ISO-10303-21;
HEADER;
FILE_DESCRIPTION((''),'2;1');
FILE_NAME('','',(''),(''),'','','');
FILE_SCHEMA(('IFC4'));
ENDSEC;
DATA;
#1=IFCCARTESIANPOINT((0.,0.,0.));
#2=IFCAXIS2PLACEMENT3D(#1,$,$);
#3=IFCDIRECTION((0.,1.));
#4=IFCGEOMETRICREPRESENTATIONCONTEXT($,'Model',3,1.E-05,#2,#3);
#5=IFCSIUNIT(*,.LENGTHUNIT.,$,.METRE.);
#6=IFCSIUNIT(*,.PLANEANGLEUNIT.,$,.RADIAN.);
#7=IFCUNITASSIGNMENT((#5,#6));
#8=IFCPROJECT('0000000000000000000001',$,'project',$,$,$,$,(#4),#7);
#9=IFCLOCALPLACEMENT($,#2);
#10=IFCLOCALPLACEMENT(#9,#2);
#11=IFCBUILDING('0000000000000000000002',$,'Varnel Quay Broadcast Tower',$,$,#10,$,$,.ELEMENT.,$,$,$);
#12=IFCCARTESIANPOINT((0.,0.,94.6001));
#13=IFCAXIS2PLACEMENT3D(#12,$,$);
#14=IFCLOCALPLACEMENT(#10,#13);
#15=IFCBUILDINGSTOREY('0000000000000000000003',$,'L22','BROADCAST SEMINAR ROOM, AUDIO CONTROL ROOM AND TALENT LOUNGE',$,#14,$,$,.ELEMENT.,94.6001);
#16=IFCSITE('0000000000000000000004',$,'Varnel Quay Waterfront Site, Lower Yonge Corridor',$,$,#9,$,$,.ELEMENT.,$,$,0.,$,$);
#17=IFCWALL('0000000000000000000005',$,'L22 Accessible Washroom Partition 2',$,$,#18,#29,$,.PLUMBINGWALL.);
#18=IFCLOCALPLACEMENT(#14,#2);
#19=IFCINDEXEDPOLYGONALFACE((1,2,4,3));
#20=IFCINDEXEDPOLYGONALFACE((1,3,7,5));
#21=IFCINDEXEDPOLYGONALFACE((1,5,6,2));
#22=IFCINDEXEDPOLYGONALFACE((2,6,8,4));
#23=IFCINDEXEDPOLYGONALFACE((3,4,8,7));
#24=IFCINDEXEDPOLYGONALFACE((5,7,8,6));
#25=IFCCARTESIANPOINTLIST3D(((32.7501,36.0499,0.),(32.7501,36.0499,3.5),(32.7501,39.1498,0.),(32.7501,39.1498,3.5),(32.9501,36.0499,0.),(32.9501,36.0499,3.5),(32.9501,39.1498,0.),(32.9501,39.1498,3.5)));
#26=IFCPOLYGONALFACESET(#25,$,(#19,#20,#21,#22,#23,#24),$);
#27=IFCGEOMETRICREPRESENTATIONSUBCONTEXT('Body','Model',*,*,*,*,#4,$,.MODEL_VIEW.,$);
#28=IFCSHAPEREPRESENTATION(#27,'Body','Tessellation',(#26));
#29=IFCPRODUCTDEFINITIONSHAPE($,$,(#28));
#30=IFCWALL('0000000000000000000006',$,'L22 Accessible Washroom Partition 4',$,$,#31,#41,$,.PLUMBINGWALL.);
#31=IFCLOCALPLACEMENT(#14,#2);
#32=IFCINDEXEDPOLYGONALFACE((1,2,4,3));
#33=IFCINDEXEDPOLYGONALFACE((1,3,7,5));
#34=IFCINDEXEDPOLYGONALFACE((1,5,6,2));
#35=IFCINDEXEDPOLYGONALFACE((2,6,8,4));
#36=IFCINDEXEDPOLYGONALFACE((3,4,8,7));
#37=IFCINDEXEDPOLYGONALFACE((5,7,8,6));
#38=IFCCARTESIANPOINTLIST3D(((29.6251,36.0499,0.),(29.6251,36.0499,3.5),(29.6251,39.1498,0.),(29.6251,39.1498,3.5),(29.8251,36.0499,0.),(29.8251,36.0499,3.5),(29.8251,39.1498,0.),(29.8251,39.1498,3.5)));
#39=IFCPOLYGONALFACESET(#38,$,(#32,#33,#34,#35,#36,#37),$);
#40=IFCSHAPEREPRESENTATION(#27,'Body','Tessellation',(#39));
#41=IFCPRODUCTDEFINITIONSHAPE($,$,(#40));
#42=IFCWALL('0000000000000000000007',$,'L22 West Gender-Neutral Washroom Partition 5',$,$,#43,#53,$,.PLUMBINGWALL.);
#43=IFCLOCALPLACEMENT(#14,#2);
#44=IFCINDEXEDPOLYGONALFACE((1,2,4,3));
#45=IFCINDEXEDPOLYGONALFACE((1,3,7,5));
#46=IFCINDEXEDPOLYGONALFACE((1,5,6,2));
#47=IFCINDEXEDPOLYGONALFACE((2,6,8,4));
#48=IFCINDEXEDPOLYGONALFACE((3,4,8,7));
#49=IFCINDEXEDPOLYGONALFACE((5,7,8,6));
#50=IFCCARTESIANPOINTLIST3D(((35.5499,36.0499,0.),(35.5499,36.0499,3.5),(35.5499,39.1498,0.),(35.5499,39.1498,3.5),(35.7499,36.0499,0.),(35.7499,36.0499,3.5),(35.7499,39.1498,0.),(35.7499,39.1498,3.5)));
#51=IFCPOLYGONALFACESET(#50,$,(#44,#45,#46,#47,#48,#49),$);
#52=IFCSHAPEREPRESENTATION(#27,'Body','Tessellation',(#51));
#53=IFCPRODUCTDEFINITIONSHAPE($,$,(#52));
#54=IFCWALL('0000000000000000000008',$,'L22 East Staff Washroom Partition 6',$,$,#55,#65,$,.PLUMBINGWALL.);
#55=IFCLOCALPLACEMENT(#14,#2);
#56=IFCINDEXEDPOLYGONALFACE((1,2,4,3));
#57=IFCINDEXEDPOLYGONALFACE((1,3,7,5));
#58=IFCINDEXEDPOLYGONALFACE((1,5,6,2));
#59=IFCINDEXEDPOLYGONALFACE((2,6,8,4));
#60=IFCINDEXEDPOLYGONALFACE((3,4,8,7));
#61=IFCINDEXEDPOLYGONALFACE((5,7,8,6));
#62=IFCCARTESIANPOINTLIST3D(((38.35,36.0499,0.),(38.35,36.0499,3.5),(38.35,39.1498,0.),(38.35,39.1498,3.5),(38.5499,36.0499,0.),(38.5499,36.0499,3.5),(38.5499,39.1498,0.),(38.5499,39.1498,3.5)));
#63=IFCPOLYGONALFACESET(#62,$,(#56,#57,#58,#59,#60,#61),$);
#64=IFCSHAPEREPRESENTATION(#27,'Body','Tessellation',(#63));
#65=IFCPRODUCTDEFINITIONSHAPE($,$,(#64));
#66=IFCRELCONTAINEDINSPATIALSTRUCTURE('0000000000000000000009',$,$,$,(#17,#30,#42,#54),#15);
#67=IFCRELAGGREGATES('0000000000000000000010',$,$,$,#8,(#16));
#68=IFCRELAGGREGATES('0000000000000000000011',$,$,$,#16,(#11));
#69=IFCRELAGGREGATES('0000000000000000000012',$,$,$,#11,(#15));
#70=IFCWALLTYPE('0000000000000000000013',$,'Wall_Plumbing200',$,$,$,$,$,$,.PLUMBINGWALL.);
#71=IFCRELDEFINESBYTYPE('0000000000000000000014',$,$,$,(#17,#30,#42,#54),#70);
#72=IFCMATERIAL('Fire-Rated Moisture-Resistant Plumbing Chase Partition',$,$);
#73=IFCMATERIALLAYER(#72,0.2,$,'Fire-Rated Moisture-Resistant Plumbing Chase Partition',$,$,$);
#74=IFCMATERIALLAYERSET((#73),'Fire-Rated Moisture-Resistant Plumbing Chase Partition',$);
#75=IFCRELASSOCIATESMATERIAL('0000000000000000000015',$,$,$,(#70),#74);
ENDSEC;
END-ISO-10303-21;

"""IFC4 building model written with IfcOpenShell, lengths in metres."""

from ifc_helpers import new_model, si_unit, direction, frame, frame_2d, origin, place, context, subcontext, project, spatial, rectangle, extrude, material, layer, layer_set, type_object, element, save


model = new_model("IFC4")

# Units and contexts
model_context = context("Model", 3, precision=1e-05, world=origin(), true_north=direction((0.0, 1.0)))
body_context = subcontext(model_context, "Body", "Model", "MODEL_VIEW")
ifc_project = project(units=[si_unit("LENGTHUNIT", "METRE"), si_unit("PLANEANGLEUNIT", "RADIAN")], contexts=[model_context])

# Site, building, storey
site_placement = place(None, origin())
site = spatial("IfcSite", under=ifc_project, at=site_placement, Name="Varnel Quay Waterfront Site, Lower Yonge Corridor", CompositionType="ELEMENT", RefElevation=0.0)
building_placement = place(site_placement, origin())
building = spatial("IfcBuilding", under=site, at=building_placement, Name="Varnel Quay Broadcast Tower", CompositionType="ELEMENT")
storey_placement = place(building_placement, frame((0.0, 0.0, 94.6001)))
storey = spatial("IfcBuildingStorey", under=building, at=storey_placement, Name="L22", Description="BROADCAST SEMINAR ROOM, AUDIO CONTROL ROOM AND TALENT LOUNGE", CompositionType="ELEMENT", Elevation=94.6001)

# Walls
ifc_material_1 = material(Name="Fire-Rated Moisture-Resistant Plumbing Chase Partition")
ifc_layer_1 = layer(ifc_material_1, 0.2, Name="Fire-Rated Moisture-Resistant Plumbing Chase Partition")
ifc_layer_set_1 = layer_set([ifc_layer_1], Name="Fire-Rated Moisture-Resistant Plumbing Chase Partition")
wall_type_1 = type_object("IfcWallType", Name="Wall_Plumbing200", PredefinedType="PLUMBINGWALL", material=ifc_layer_set_1)
for number, where, z_axis, x_axis, name in (
    (1, (32.8501, 36.05, 0.0), (0.0, 0.0, 1.0), (0.0, 1.0, 0.0), "L22 Accessible Washroom Partition 2"),
    (2, (29.7251, 36.05, 0.0), (0.0, 0.0, 1.0), (0.0, 1.0, 0.0), "L22 Accessible Washroom Partition 4"),
    (3, (35.6499, 36.05, 0.0), (0.0, 0.0, 1.0), (0.0, 1.0, 0.0), "L22 West Gender-Neutral Washroom Partition 5"),
    (4, (38.45, 36.05, 0.0), (0.0, 0.0, 1.0), (0.0, 1.0, 0.0), "L22 East Staff Washroom Partition 6"),
):
    element("IfcWall", number, at=place(storey_placement, frame(where, z_axis=z_axis, x_axis=x_axis)), inside=storey, type_object=wall_type_1, Name=name, PredefinedType="PLUMBINGWALL", context=body_context, shape_type="SweptSolid", body=[
        extrude(rectangle(XDim=3.0999, YDim=0.2, at=frame_2d((1.5498, 0.0))), origin(), (0.0, 0.0, 1.0), 3.5),
    ])

save(model, "model.ifc")
